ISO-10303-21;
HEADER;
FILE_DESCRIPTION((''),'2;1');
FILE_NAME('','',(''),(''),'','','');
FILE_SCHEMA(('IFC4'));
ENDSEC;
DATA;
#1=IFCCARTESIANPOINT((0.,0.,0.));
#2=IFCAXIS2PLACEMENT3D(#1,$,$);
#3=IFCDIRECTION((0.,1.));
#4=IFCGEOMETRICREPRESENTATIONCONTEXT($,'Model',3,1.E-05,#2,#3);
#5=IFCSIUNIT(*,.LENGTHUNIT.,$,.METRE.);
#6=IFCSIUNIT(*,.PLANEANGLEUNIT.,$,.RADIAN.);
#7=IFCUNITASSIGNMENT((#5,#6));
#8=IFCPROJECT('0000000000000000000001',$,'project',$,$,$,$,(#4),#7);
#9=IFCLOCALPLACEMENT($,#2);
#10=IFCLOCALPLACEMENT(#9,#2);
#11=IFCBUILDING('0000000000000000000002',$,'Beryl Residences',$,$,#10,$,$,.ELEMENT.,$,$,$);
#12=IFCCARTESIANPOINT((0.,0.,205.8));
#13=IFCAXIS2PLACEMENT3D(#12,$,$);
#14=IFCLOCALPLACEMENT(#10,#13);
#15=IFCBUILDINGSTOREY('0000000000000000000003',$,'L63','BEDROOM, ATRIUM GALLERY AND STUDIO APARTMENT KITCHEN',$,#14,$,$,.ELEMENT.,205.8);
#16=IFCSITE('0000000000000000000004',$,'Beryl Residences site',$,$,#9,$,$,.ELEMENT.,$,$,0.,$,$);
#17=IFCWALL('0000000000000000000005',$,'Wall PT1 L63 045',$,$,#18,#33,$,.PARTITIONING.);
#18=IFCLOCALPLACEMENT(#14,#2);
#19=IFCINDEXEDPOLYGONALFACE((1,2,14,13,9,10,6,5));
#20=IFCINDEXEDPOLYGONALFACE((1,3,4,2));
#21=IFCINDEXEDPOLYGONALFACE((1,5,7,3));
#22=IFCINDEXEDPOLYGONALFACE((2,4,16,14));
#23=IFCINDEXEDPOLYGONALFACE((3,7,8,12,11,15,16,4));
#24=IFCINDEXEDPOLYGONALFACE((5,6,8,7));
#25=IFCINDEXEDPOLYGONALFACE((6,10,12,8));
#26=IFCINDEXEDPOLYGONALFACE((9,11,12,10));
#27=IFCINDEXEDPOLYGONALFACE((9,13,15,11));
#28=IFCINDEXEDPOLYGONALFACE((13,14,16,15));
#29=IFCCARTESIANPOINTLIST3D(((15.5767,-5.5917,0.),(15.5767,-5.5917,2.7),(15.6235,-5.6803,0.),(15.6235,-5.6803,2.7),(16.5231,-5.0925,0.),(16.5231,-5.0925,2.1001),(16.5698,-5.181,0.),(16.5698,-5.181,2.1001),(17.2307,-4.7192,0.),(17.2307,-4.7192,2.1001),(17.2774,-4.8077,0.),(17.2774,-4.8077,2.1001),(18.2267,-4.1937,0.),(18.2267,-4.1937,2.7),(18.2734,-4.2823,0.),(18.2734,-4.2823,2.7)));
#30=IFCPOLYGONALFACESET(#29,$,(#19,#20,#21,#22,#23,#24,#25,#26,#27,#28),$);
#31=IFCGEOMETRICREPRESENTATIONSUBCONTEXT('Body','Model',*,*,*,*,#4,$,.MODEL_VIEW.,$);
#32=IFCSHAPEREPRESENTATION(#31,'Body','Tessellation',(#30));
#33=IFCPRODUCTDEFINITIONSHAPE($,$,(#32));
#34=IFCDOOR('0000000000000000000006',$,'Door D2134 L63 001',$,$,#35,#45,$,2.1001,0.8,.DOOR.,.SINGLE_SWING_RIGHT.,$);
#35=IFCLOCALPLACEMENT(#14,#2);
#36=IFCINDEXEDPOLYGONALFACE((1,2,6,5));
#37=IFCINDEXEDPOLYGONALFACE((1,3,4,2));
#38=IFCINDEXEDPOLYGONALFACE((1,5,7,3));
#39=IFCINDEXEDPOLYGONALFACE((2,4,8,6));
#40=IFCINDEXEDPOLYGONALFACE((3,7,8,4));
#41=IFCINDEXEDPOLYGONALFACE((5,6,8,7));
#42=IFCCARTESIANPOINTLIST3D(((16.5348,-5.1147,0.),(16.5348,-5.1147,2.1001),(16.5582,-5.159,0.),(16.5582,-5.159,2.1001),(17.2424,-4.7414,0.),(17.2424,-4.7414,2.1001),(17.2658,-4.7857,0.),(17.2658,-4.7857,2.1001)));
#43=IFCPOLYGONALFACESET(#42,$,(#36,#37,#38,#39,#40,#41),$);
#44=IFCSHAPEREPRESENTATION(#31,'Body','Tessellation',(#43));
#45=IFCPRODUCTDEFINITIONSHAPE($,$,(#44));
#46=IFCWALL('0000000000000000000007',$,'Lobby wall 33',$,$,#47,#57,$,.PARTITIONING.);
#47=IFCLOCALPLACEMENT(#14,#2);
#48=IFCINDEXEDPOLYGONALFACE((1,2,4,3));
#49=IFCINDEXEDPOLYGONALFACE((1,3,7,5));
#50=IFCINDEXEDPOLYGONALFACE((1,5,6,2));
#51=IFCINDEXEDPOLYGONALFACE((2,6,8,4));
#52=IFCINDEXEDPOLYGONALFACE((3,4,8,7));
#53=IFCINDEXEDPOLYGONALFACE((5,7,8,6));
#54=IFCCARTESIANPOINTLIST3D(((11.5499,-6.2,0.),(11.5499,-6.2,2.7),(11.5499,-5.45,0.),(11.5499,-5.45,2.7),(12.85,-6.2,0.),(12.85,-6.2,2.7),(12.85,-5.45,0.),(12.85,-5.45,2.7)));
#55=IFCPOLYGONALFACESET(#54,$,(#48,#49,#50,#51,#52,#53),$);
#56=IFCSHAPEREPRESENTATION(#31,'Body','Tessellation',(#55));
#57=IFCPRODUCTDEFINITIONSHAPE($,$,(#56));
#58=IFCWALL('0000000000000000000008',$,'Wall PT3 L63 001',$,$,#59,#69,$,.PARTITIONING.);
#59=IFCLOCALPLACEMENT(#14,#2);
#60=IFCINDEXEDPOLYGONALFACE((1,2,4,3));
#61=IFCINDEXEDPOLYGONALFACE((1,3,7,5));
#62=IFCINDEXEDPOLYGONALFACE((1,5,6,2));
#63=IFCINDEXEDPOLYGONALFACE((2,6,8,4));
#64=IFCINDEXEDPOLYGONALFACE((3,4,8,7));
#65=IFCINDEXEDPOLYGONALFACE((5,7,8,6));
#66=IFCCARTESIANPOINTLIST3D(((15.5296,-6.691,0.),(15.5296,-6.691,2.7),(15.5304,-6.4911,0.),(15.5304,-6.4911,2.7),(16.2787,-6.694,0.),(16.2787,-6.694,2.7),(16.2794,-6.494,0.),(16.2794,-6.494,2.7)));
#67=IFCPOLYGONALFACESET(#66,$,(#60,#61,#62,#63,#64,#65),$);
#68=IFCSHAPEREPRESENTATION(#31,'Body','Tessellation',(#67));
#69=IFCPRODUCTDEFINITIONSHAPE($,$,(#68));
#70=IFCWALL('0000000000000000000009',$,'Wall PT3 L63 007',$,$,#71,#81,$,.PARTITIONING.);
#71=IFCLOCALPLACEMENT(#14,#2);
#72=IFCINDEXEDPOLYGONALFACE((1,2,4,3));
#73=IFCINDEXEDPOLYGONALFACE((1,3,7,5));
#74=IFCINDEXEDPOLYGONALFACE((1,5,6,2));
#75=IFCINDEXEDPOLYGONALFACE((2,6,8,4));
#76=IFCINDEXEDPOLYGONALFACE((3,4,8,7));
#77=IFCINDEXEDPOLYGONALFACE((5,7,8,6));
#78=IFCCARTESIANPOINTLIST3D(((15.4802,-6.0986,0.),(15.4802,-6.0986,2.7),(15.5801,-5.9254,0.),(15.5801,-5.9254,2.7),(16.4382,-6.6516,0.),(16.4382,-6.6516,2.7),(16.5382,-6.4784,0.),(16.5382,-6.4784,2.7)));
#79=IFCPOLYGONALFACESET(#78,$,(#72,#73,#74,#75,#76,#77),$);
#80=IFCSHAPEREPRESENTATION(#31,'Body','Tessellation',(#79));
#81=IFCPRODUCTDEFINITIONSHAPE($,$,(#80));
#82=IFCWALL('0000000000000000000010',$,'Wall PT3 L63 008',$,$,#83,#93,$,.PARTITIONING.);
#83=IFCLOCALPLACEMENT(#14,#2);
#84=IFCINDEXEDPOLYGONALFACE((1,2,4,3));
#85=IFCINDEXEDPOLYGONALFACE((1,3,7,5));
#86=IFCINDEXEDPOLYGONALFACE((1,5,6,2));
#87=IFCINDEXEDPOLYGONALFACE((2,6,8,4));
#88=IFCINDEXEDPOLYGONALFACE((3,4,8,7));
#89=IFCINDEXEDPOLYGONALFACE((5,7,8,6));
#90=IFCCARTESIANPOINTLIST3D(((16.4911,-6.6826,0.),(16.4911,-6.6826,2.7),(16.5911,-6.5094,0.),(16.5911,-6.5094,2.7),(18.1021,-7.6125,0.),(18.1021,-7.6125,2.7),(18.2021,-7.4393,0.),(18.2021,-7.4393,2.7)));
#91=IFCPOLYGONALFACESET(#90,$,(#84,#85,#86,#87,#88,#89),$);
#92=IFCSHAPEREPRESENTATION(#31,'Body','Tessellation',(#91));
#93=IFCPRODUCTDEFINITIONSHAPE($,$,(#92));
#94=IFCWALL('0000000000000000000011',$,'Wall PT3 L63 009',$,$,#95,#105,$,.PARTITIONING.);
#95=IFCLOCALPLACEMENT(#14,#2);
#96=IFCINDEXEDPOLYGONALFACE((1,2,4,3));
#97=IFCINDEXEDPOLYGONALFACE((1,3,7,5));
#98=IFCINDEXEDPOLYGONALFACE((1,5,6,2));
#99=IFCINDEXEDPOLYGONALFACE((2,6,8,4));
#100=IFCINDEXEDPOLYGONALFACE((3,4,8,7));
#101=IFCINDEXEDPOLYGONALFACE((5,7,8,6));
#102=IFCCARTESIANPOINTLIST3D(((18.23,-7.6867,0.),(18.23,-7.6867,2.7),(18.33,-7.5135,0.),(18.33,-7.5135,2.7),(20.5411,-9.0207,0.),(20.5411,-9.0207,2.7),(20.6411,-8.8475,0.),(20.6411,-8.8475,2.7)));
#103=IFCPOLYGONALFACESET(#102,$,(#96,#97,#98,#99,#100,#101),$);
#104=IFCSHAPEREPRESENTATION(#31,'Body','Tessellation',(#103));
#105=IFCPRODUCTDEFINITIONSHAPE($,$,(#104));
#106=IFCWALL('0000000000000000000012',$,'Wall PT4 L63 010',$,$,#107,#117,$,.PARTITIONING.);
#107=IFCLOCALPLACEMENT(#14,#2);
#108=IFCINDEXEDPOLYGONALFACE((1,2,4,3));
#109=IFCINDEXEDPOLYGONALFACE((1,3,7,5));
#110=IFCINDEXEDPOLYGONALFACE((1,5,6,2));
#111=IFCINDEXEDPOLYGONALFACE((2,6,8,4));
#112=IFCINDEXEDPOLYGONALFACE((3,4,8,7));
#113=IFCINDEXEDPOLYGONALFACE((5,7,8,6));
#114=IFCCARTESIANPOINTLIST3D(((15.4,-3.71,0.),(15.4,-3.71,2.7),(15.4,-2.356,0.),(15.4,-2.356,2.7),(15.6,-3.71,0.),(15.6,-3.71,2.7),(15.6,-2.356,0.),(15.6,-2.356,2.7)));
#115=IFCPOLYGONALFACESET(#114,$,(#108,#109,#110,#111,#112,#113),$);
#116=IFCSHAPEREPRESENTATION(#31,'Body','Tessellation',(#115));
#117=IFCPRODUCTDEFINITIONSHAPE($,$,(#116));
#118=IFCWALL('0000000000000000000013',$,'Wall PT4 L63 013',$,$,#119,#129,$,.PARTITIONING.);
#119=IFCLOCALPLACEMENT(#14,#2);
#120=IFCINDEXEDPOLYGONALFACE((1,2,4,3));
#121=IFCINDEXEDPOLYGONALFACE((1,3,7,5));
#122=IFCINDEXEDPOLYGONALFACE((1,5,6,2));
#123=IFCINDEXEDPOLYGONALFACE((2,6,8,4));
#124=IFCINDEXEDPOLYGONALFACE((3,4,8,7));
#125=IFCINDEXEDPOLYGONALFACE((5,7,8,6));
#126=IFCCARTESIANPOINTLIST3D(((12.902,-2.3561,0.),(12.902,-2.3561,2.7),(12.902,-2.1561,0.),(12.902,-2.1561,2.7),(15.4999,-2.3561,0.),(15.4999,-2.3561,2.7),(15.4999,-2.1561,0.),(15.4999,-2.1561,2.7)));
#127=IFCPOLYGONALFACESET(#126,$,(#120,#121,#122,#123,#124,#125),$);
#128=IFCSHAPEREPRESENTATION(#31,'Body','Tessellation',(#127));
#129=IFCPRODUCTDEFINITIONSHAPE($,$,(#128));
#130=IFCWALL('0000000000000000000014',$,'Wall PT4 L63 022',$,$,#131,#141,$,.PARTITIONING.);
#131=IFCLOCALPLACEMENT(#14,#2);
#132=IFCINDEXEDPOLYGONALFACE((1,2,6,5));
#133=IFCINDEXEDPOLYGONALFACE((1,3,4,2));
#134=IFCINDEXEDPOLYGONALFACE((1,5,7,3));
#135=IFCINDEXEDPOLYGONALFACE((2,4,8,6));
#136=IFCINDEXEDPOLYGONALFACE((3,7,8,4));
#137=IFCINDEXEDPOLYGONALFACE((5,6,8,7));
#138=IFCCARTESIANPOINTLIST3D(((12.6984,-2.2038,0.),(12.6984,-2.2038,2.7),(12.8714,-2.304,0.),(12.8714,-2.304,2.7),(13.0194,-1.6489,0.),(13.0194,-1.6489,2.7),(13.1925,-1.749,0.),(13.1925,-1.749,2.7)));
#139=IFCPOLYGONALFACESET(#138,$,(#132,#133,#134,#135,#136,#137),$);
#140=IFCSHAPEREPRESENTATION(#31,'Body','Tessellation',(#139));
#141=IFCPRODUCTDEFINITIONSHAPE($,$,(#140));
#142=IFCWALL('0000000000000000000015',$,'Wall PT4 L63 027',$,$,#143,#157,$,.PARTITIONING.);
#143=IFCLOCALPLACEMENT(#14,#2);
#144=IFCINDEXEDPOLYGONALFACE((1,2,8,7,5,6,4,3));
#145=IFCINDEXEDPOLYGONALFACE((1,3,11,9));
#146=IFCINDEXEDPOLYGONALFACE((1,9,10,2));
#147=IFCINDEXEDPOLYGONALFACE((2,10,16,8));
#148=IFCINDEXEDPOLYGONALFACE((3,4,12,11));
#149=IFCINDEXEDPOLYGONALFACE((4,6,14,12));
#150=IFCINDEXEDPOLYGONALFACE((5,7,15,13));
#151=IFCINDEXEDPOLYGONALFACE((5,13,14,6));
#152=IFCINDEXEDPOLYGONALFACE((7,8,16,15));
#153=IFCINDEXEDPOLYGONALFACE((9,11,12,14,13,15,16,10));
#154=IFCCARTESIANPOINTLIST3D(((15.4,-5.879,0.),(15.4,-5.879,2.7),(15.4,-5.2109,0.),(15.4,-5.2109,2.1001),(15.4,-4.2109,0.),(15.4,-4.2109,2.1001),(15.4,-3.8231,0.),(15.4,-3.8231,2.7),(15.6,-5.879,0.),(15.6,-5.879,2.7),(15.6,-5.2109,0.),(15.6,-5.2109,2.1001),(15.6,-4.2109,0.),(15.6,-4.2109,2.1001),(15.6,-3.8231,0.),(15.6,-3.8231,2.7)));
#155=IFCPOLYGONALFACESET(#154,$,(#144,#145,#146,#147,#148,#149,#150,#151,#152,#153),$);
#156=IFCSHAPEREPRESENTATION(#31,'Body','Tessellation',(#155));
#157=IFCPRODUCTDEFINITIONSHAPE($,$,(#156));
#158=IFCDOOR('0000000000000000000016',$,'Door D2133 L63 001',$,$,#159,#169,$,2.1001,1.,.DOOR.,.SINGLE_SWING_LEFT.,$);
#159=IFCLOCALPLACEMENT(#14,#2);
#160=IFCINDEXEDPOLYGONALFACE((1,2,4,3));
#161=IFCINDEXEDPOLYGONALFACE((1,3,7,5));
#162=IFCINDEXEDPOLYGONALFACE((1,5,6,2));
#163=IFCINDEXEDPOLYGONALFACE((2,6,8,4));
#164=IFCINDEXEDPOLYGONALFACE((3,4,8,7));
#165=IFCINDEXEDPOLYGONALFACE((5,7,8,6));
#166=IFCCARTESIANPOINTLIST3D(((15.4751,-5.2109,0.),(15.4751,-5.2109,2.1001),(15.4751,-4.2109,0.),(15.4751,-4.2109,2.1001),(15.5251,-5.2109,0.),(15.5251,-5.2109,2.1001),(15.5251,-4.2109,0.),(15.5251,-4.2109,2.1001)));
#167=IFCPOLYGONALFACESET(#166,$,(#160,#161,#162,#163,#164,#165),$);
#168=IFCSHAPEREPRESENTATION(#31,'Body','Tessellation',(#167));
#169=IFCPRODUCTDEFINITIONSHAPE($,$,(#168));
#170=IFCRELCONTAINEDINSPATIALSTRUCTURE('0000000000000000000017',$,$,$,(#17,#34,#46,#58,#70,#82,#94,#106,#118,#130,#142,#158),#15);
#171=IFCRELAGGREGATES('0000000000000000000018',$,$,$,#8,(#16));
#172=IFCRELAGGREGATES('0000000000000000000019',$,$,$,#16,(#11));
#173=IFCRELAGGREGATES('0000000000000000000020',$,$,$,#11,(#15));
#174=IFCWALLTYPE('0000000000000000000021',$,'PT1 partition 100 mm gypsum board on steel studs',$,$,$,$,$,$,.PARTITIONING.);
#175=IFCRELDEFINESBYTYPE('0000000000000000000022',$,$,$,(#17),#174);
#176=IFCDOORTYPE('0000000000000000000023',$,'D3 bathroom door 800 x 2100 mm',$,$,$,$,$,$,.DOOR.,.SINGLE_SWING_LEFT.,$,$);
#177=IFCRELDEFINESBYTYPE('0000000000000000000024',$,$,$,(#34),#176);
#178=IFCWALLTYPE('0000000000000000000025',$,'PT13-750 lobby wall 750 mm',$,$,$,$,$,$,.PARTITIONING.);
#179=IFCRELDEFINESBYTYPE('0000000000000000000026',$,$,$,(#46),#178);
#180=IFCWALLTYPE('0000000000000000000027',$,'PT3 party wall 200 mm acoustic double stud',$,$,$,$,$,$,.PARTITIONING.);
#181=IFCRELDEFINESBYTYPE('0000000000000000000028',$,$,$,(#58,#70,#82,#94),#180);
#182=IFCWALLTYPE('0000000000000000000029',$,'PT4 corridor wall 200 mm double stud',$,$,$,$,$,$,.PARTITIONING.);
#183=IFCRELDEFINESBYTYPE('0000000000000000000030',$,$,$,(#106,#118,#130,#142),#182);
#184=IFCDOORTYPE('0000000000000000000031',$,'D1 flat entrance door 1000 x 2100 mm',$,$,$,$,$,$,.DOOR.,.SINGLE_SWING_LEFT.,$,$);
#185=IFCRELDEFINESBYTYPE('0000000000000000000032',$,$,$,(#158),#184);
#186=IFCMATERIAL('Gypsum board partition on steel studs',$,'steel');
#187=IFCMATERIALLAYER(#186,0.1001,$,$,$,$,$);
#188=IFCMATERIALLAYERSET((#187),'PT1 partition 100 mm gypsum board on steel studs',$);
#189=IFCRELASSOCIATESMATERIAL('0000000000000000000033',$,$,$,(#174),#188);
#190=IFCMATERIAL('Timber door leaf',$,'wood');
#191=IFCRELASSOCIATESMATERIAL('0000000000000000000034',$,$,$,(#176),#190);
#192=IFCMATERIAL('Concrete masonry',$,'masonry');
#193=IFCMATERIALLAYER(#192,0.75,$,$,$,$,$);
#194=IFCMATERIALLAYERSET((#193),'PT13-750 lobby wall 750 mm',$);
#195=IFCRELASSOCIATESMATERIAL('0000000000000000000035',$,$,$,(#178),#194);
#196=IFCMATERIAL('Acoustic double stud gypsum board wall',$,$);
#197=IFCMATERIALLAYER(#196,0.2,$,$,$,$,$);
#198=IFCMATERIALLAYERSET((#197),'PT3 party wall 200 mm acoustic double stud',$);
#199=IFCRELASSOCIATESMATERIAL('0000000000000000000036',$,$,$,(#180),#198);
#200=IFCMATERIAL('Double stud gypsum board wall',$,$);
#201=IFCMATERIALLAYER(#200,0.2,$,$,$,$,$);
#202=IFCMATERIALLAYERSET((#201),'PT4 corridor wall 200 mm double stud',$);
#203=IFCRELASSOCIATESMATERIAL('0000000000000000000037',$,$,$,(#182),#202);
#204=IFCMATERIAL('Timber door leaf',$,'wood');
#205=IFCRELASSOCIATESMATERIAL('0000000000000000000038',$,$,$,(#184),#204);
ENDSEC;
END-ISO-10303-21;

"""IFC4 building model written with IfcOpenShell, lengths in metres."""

from ifc_helpers import new_model, si_unit, direction, frame, frame_2d, origin, place, context, subcontext, project, spatial, rectangle, extrude, material, layer, layer_set, type_object, element, fill, save


model = new_model("IFC4")

# Units and contexts
model_context = context("Model", 3, precision=1e-05, world=origin(), true_north=direction((0.0, 1.0)))
body_context = subcontext(model_context, "Body", "Model", "MODEL_VIEW")
ifc_project = project(units=[si_unit("LENGTHUNIT", "METRE"), si_unit("PLANEANGLEUNIT", "RADIAN")], contexts=[model_context])

# Site, building, storey
site_placement = place(None, origin())
site = spatial("IfcSite", under=ifc_project, at=site_placement, Name="Beryl Residences site", CompositionType="ELEMENT", RefElevation=0.0)
building_placement = place(site_placement, origin())
building = spatial("IfcBuilding", under=site, at=building_placement, Name="Beryl Residences", CompositionType="ELEMENT")
storey_placement = place(building_placement, frame((0.0, 0.0, 205.8)))
storey = spatial("IfcBuildingStorey", under=building, at=storey_placement, Name="L63", Description="BEDROOM, ATRIUM GALLERY AND STUDIO APARTMENT KITCHEN", CompositionType="ELEMENT", Elevation=205.8)

# Wall, opening, door
ifc_material_1 = material(Name="Gypsum board partition on steel studs", Category="steel")
ifc_layer_1 = layer(ifc_material_1, 0.1001)
ifc_layer_set_1 = layer_set([ifc_layer_1], Name="PT1 partition 100 mm gypsum board on steel studs")
wall_type_1 = type_object("IfcWallType", Name="PT1 partition 100 mm gypsum board on steel studs", PredefinedType="PARTITIONING", material=ifc_layer_set_1)
wall_1_placement = place(storey_placement, frame((15.6001, -5.636, 0.0), z_axis=(0.0, 0.0, 1.0), x_axis=(0.884469, 0.466599, 0.0)))
wall_1 = element("IfcWall", 1, at=wall_1_placement, inside=storey, type_object=wall_type_1, Name="Wall PT1 L63 045", PredefinedType="PARTITIONING", context=body_context, shape_type="SweptSolid", body=[
    extrude(rectangle(XDim=2.9961, YDim=0.1001, at=frame_2d((1.498, 0.0))), origin(), (0.0, 0.0, 1.0), 2.7),
])
opening_1_placement = place(wall_1_placement, frame((1.0701, 0.0, 0.0)))
opening_1 = element("IfcOpeningElement", 2, at=opening_1_placement, cuts=wall_1, PredefinedType="OPENING", context=body_context, shape_type="SweptSolid", body=[
    extrude(rectangle(XDim=0.8, YDim=2.1001, at=frame_2d((0.3999, 1.05))), frame((0.0, 0.0601, 0.0), z_axis=(0.0, -1.0, 0.0), x_axis=(1.0, 0.0, 0.0)), (0.0, 0.0, 1.0), 0.1201),
])
ifc_material_2 = material(Name="Timber door leaf", Category="wood")
door_type_1 = type_object("IfcDoorType", Name="D3 bathroom door 800 x 2100 mm", OperationType="SINGLE_SWING_LEFT", PredefinedType="DOOR", material=ifc_material_2)
door_1_placement = place(opening_1_placement, origin())
door_1 = element("IfcDoor", 3, at=door_1_placement, inside=storey, type_object=door_type_1, Name="Door D2134 L63 001", OperationType="SINGLE_SWING_RIGHT", OverallHeight=2.1001, OverallWidth=0.8, PredefinedType="DOOR", context=body_context, shape_type="SweptSolid", body=[
    extrude(rectangle(XDim=0.8, YDim=2.1001, at=frame_2d((0.3999, 1.05))), frame((0.0, 0.0249, 0.0), z_axis=(0.0, -1.0, 0.0), x_axis=(1.0, 0.0, 0.0)), (0.0, 0.0, 1.0), 0.05),
])
fill(opening_1, door_1)

# Walls
ifc_material_3 = material(Name="Concrete masonry", Category="masonry")
ifc_layer_2 = layer(ifc_material_3, 0.75)
ifc_layer_set_2 = layer_set([ifc_layer_2], Name="PT13-750 lobby wall 750 mm")
wall_type_2 = type_object("IfcWallType", Name="PT13-750 lobby wall 750 mm", PredefinedType="PARTITIONING", material=ifc_layer_set_2)
wall_2_placement = place(storey_placement, frame((11.55, -5.825, 0.0), z_axis=(0.0, 0.0, 1.0), x_axis=(1.0, 0.0, 0.0)))
element("IfcWall", 4, at=wall_2_placement, inside=storey, type_object=wall_type_2, Name="Lobby wall 33", PredefinedType="PARTITIONING", context=body_context, shape_type="SweptSolid", body=[
    extrude(rectangle(XDim=1.3, YDim=0.75, at=frame_2d((0.6499, 0.0))), origin(), (0.0, 0.0, 1.0), 2.7),
])
ifc_material_4 = material(Name="Acoustic double stud gypsum board wall")
ifc_layer_3 = layer(ifc_material_4, 0.2)
ifc_layer_set_3 = layer_set([ifc_layer_3], Name="PT3 party wall 200 mm acoustic double stud")
wall_type_3 = type_object("IfcWallType", Name="PT3 party wall 200 mm acoustic double stud", PredefinedType="PARTITIONING", material=ifc_layer_set_3)
wall_3_placement = place(storey_placement, frame((15.53, -6.5911, 0.0), z_axis=(0.0, 0.0, 1.0), x_axis=(0.999992, -0.003911, 0.0)))
element("IfcWall", 5, at=wall_3_placement, inside=storey, type_object=wall_type_3, Name="Wall PT3 L63 001", PredefinedType="PARTITIONING", context=body_context, shape_type="SweptSolid", body=[
    extrude(rectangle(XDim=0.749, YDim=0.2, at=frame_2d((0.3745, 0.0))), origin(), (0.0, 0.0, 1.0), 2.7),
])
wall_4_placement = place(storey_placement, frame((15.53, -6.012, 0.0), z_axis=(0.0, 0.0, 1.0), x_axis=(0.866075, -0.499914, 0.0)))
element("IfcWall", 6, at=wall_4_placement, inside=storey, type_object=wall_type_3, Name="Wall PT3 L63 007", PredefinedType="PARTITIONING", context=body_context, shape_type="SweptSolid", body=[
    extrude(rectangle(XDim=1.1062, YDim=0.2, at=frame_2d((0.5532, 0.0))), origin(), (0.0, 0.0, 1.0), 2.7),
])
wall_5_placement = place(storey_placement, frame((16.541, -6.5959, 0.0), z_axis=(0.0, 0.0, 1.0), x_axis=(0.866079, -0.499908, 0.0)))
element("IfcWall", 7, at=wall_5_placement, inside=storey, type_object=wall_type_3, Name="Wall PT3 L63 008", PredefinedType="PARTITIONING", context=body_context, shape_type="SweptSolid", body=[
    extrude(rectangle(XDim=1.8601, YDim=0.2, at=frame_2d((0.9302, 0.0))), origin(), (0.0, 0.0, 1.0), 2.7),
])
wall_6_placement = place(storey_placement, frame((18.28, -7.6001, 0.0), z_axis=(0.0, 0.0, 1.0), x_axis=(0.866073, -0.499918, 0.0)))
element("IfcWall", 8, at=wall_6_placement, inside=storey, type_object=wall_type_3, Name="Wall PT3 L63 009", PredefinedType="PARTITIONING", context=body_context, shape_type="SweptSolid", body=[
    extrude(rectangle(XDim=2.6685, YDim=0.2, at=frame_2d((1.3342, 0.0))), origin(), (0.0, 0.0, 1.0), 2.7),
])
ifc_material_5 = material(Name="Double stud gypsum board wall")
ifc_layer_4 = layer(ifc_material_5, 0.2)
ifc_layer_set_4 = layer_set([ifc_layer_4], Name="PT4 corridor wall 200 mm double stud")
wall_type_4 = type_object("IfcWallType", Name="PT4 corridor wall 200 mm double stud", PredefinedType="PARTITIONING", material=ifc_layer_set_4)
wall_7_placement = place(storey_placement, frame((15.5, -2.356, 0.0), z_axis=(0.0, 0.0, 1.0), x_axis=(0.0, -1.0, 0.0)))
element("IfcWall", 9, at=wall_7_placement, inside=storey, type_object=wall_type_4, Name="Wall PT4 L63 010", PredefinedType="PARTITIONING", context=body_context, shape_type="SweptSolid", body=[
    extrude(rectangle(XDim=1.354, YDim=0.2, at=frame_2d((0.677, 0.0))), origin(), (0.0, 0.0, 1.0), 2.7),
])
wall_8_placement = place(storey_placement, frame((12.9021, -2.2561, 0.0), z_axis=(0.0, 0.0, 1.0), x_axis=(1.0, 0.0, 0.0)))
element("IfcWall", 10, at=wall_8_placement, inside=storey, type_object=wall_type_4, Name="Wall PT4 L63 013", PredefinedType="PARTITIONING", context=body_context, shape_type="SweptSolid", body=[
    extrude(rectangle(XDim=2.5979, YDim=0.2, at=frame_2d((1.2988, 0.0))), origin(), (0.0, 0.0, 1.0), 2.7),
])
wall_9_placement = place(storey_placement, frame((12.7849, -2.2539, 0.0), z_axis=(0.0, 0.0, 1.0), x_axis=(0.500766, 0.865583, 0.0)))
element("IfcWall", 11, at=wall_9_placement, inside=storey, type_object=wall_type_4, Name="Wall PT4 L63 022", PredefinedType="PARTITIONING", context=body_context, shape_type="SweptSolid", body=[
    extrude(rectangle(XDim=0.6411, YDim=0.2, at=frame_2d((0.3206, 0.0))), origin(), (0.0, 0.0, 1.0), 2.7),
])

# Wall, opening, door
wall_10_placement = place(storey_placement, frame((15.5, -5.8789, 0.0), z_axis=(0.0, 0.0, 1.0), x_axis=(0.0, 1.0, 0.0)))
wall_10 = element("IfcWall", 12, at=wall_10_placement, inside=storey, type_object=wall_type_4, Name="Wall PT4 L63 027", PredefinedType="PARTITIONING", context=body_context, shape_type="SweptSolid", body=[
    extrude(rectangle(XDim=2.0559, YDim=0.2, at=frame_2d((1.0278, 0.0))), origin(), (0.0, 0.0, 1.0), 2.7),
])
opening_2_placement = place(wall_10_placement, frame((0.668, 0.0, 0.0)))
opening_2 = element("IfcOpeningElement", 13, at=opening_2_placement, cuts=wall_10, PredefinedType="OPENING", context=body_context, shape_type="SweptSolid", body=[
    extrude(rectangle(XDim=1.0, YDim=2.1001, at=frame_2d((0.5, 1.05))), frame((0.0, 0.1099, 0.0), z_axis=(0.0, -1.0, 0.0), x_axis=(1.0, 0.0, 0.0)), (0.0, 0.0, 1.0), 0.22),
])
ifc_material_6 = material(Name="Timber door leaf", Category="wood")
door_type_2 = type_object("IfcDoorType", Name="D1 flat entrance door 1000 x 2100 mm", OperationType="SINGLE_SWING_LEFT", PredefinedType="DOOR", material=ifc_material_6)
door_2_placement = place(opening_2_placement, origin())
door_2 = element("IfcDoor", 14, at=door_2_placement, inside=storey, type_object=door_type_2, Name="Door D2133 L63 001", OperationType="SINGLE_SWING_LEFT", OverallHeight=2.1001, OverallWidth=1.0, PredefinedType="DOOR", context=body_context, shape_type="SweptSolid", body=[
    extrude(rectangle(XDim=1.0, YDim=2.1001, at=frame_2d((0.5, 1.05))), frame((0.0, 0.0249, 0.0), z_axis=(0.0, -1.0, 0.0), x_axis=(1.0, 0.0, 0.0)), (0.0, 0.0, 1.0), 0.05),
])
fill(opening_2, door_2)

save(model, "model.ifc")
